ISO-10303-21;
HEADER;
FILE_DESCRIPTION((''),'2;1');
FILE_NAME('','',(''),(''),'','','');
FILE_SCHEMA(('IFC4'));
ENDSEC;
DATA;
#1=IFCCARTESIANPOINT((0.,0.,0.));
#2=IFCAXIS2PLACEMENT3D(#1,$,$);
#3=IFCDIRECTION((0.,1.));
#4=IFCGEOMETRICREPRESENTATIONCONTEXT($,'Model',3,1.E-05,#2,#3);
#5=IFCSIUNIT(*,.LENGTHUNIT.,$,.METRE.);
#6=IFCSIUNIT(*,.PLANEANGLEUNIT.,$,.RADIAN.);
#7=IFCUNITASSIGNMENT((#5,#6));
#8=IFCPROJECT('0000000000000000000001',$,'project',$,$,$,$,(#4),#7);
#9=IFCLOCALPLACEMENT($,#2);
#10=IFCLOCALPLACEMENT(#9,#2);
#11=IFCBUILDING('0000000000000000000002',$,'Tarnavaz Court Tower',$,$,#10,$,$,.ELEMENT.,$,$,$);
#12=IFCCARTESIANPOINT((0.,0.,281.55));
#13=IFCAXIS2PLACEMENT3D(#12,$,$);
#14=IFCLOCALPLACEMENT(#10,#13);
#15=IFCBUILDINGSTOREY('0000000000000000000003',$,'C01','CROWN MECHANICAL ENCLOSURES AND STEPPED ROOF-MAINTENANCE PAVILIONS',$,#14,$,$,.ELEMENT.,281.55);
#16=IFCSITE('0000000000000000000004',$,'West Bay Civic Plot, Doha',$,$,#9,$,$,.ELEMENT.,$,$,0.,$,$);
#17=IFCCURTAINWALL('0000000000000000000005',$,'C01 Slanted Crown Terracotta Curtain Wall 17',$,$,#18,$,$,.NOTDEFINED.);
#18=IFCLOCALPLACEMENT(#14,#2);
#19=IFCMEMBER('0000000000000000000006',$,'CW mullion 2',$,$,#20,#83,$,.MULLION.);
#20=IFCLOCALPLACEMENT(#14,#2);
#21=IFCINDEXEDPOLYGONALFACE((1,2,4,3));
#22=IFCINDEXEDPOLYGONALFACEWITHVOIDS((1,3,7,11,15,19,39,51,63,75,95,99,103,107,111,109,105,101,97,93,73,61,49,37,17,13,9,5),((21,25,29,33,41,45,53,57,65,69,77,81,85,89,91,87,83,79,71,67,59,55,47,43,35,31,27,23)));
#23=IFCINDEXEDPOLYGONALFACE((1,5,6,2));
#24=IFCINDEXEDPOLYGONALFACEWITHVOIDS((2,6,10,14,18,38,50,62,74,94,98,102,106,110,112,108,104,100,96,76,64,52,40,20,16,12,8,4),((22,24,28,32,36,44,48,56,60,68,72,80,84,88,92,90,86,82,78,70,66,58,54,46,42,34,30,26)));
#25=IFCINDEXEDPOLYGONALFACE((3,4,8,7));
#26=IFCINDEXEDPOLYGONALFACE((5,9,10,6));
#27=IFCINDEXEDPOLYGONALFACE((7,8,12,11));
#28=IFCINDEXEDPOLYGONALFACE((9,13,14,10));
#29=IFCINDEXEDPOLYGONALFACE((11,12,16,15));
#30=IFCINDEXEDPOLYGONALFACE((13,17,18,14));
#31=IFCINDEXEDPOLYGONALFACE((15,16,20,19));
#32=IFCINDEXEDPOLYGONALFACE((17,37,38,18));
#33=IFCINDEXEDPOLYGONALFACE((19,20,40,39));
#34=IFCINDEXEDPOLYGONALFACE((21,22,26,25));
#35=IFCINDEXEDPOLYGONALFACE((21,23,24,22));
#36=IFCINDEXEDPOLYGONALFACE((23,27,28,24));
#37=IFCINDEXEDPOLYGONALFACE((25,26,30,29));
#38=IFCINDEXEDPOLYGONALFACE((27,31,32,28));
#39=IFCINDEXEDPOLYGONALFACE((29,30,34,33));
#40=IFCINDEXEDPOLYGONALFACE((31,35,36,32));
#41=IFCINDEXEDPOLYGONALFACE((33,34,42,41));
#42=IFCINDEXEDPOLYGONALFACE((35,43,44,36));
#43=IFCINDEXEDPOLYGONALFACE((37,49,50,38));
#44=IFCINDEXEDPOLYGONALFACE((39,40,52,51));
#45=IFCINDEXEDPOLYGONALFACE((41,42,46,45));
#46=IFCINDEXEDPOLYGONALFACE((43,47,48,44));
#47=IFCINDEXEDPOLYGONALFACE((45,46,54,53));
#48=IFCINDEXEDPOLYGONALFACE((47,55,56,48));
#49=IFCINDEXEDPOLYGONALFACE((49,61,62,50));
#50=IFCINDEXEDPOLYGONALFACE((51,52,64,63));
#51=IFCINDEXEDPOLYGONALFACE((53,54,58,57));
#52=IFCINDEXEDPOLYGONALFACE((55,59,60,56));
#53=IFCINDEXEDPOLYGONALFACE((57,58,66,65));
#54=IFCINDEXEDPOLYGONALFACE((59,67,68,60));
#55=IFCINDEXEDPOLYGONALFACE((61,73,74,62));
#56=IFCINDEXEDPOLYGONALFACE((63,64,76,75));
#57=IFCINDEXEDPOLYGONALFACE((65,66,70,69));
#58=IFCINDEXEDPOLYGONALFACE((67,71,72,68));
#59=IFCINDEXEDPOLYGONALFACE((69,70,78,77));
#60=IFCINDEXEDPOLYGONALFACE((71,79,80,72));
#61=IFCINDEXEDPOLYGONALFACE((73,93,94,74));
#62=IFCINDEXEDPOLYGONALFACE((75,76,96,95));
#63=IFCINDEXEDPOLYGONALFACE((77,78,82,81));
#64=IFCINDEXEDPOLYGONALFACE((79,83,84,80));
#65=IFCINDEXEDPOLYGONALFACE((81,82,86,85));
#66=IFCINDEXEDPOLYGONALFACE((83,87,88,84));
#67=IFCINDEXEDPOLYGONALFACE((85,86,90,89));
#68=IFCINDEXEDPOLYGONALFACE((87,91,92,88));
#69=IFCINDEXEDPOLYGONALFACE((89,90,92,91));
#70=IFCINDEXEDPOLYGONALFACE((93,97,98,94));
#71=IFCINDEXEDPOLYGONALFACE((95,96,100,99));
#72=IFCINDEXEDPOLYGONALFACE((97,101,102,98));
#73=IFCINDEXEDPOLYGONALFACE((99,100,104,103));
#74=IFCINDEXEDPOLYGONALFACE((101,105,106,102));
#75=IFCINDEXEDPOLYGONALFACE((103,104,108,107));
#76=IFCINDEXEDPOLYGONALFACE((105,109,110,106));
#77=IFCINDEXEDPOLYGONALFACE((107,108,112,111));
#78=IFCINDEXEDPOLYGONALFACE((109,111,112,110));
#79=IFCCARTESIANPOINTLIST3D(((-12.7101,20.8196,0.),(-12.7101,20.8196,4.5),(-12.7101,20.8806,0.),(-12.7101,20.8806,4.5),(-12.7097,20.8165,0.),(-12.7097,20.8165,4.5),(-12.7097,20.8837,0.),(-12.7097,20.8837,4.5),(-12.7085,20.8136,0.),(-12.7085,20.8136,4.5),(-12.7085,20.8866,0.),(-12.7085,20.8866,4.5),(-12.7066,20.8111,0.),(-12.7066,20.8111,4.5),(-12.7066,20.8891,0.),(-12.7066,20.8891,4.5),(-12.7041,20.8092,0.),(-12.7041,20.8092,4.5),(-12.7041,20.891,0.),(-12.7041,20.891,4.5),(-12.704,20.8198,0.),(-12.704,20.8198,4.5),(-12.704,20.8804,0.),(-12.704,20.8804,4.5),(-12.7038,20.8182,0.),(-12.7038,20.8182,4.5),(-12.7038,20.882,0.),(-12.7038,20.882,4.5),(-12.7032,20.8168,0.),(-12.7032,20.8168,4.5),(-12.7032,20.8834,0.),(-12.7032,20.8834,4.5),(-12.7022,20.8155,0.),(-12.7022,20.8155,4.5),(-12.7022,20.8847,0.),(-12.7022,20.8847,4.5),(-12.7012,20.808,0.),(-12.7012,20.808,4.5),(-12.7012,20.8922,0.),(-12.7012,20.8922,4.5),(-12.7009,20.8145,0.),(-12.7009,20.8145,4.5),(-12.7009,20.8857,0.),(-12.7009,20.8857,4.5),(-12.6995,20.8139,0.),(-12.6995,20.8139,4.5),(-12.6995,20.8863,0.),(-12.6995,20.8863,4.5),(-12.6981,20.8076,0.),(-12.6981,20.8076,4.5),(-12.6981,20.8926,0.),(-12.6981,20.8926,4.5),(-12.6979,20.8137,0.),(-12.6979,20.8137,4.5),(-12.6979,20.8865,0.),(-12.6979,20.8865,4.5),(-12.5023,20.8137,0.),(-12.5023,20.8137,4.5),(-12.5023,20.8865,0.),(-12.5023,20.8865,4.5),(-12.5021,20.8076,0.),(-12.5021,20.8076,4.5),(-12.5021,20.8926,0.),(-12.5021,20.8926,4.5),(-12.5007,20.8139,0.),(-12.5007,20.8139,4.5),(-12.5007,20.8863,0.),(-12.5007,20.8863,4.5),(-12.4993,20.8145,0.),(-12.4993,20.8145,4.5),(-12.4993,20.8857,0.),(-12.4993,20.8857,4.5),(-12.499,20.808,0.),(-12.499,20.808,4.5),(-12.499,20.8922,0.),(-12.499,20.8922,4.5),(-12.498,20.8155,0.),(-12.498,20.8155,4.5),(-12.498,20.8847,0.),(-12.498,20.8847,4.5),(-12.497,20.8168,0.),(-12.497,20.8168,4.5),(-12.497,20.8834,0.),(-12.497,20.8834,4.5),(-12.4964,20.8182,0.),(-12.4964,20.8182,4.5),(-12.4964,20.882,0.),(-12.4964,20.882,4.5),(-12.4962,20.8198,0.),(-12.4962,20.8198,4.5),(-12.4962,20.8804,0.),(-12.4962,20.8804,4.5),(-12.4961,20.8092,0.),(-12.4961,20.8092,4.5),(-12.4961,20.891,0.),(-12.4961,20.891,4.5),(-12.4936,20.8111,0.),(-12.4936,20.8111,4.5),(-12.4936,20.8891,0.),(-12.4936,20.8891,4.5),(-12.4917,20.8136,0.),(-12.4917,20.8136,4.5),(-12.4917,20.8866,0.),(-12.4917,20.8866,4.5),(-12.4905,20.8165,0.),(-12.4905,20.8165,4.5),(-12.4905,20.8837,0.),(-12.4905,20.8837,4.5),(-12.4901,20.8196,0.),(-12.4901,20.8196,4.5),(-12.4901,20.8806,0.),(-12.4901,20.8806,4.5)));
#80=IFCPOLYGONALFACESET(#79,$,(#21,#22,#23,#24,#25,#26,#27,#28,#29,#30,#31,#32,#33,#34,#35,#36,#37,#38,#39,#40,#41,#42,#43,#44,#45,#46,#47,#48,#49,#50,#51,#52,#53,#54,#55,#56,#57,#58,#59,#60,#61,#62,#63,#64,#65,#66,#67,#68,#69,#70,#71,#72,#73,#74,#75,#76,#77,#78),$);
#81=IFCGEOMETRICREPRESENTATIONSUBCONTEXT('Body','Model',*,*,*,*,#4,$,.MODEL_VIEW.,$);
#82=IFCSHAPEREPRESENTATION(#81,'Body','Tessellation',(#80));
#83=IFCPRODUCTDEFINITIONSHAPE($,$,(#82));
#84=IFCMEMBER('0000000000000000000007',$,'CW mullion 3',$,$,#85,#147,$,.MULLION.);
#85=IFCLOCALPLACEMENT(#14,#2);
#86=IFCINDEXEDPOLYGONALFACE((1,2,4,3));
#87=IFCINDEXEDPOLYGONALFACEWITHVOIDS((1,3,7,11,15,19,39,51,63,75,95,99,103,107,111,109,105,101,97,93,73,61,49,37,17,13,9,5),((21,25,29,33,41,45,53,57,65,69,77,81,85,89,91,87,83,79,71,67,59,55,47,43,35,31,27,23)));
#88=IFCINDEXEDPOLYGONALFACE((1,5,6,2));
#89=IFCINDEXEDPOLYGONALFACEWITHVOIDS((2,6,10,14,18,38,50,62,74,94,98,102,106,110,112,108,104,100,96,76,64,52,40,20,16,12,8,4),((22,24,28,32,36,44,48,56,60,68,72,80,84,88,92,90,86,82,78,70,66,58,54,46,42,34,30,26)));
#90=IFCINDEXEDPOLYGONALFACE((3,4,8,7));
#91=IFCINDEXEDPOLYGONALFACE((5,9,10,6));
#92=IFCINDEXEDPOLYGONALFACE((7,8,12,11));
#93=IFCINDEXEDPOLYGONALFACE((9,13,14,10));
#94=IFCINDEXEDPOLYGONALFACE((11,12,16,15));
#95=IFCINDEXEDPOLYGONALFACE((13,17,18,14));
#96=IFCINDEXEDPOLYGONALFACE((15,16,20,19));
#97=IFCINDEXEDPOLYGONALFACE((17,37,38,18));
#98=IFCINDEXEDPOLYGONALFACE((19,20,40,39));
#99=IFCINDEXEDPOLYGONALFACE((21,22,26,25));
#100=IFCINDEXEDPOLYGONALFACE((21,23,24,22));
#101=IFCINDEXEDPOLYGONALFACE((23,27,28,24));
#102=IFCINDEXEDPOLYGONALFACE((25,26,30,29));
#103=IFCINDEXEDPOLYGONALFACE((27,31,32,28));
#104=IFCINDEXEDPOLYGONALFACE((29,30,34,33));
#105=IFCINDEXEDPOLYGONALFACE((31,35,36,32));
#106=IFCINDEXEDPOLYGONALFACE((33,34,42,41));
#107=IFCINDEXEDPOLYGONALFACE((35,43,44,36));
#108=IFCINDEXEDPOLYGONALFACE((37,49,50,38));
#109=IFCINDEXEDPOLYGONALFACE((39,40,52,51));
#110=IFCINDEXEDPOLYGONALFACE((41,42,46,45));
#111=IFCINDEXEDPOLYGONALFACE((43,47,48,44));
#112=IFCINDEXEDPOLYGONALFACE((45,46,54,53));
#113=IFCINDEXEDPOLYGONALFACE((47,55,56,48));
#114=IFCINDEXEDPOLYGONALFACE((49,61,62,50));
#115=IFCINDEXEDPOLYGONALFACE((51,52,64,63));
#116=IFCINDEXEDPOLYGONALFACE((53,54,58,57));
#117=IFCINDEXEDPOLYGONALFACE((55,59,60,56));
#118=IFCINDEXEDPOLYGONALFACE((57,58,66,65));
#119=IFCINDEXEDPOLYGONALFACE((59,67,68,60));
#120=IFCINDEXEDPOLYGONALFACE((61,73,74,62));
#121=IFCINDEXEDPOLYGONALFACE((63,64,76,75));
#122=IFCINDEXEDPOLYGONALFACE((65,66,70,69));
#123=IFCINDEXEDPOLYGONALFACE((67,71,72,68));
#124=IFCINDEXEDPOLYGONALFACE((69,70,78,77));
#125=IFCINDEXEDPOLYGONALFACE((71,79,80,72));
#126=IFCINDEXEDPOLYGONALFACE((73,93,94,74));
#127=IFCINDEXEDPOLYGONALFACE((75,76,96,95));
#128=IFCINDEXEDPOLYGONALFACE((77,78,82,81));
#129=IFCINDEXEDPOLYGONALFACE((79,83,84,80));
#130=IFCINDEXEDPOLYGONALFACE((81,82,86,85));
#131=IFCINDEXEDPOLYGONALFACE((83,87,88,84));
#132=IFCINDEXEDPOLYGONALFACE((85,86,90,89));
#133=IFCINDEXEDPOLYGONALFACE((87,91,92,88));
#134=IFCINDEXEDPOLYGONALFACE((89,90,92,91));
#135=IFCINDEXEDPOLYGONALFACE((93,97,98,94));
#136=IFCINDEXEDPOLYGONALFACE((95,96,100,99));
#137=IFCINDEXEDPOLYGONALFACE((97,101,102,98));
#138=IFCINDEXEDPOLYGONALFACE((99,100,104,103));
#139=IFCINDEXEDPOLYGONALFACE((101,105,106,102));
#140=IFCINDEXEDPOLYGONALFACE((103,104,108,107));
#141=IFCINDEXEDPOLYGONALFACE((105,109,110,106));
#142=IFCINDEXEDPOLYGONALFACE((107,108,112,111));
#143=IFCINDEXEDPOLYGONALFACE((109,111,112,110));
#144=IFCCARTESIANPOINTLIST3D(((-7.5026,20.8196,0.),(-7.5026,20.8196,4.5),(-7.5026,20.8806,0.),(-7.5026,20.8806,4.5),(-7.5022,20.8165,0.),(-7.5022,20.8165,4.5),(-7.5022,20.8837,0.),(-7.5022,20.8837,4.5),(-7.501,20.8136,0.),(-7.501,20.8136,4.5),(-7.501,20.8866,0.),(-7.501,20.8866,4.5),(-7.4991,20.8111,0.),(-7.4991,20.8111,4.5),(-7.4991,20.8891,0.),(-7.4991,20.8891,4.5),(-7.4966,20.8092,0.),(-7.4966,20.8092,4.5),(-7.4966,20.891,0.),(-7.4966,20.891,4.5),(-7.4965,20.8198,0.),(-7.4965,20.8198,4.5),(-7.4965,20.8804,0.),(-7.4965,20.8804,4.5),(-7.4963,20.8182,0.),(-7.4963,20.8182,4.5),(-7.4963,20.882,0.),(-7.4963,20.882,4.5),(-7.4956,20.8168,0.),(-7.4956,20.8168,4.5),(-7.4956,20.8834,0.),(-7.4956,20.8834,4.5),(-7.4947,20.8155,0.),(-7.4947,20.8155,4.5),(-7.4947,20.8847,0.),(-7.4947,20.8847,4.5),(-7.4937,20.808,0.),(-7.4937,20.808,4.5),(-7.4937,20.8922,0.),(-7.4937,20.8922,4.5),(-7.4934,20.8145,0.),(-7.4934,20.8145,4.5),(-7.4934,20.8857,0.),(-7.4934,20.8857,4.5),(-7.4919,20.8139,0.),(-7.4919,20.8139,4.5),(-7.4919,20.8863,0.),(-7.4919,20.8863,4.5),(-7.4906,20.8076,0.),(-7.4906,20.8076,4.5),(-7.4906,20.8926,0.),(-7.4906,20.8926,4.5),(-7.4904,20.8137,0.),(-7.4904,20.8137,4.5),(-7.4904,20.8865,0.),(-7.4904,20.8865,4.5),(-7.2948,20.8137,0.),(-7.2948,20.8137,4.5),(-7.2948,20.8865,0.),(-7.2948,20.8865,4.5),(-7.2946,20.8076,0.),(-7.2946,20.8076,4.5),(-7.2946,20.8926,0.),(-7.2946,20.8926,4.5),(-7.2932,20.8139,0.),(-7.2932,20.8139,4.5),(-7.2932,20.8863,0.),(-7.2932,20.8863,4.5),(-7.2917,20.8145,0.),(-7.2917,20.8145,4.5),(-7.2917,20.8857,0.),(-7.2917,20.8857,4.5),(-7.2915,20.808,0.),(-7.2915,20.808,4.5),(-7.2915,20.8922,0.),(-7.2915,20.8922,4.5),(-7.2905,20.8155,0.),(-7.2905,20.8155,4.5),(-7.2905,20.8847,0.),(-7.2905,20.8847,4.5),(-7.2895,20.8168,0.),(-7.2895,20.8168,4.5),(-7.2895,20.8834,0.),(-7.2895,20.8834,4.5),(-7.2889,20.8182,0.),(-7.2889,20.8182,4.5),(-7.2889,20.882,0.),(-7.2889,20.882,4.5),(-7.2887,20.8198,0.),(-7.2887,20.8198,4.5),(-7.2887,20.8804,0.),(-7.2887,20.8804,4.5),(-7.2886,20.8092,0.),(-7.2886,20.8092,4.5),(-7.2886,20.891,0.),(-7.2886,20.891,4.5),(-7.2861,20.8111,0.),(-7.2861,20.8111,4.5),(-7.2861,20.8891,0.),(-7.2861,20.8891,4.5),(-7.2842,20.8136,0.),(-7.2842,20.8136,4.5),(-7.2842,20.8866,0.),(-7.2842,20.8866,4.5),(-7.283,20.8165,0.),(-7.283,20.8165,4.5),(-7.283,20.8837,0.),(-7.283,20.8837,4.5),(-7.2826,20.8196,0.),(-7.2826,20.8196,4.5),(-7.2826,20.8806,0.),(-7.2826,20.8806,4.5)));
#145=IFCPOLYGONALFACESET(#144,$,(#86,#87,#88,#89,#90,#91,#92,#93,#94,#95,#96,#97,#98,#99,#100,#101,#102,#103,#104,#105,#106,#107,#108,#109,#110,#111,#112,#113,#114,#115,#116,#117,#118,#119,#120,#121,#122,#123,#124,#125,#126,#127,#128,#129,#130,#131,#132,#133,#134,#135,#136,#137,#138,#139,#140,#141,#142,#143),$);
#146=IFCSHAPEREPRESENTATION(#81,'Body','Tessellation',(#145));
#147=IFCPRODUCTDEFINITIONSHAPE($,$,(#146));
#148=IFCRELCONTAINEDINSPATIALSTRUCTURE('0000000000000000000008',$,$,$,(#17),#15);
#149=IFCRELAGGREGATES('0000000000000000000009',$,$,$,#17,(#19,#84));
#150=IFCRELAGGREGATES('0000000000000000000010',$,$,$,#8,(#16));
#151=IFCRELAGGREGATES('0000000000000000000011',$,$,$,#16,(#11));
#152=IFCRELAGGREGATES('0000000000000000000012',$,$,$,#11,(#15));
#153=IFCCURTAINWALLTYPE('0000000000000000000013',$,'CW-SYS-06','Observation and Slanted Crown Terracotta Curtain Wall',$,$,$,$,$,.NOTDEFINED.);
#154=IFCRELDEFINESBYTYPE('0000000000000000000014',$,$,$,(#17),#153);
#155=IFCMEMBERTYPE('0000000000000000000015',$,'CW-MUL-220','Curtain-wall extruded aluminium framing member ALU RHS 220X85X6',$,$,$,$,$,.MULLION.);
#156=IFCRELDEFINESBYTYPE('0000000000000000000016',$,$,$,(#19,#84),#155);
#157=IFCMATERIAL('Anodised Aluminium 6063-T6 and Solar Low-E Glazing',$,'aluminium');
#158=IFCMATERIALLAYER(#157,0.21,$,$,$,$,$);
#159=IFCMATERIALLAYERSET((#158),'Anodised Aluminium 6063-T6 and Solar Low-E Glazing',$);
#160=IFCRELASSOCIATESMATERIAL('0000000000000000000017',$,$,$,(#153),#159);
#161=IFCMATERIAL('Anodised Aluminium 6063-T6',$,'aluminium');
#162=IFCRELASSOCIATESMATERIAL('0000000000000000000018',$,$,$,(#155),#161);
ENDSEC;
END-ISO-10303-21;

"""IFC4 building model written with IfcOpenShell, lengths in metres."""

from ifc_helpers import new_model, si_unit, direction, frame, origin, origin_2d, place, context, subcontext, project, spatial, hollow_rectangle, extrude, material, layer, layer_set, material_profile, profile_set, type_object, element, aggregate, save


model = new_model("IFC4")

# Units and contexts
model_context = context("Model", 3, precision=1e-05, world=origin(), true_north=direction((0.0, 1.0)))
body_context = subcontext(model_context, "Body", "Model", "MODEL_VIEW")
ifc_project = project(units=[si_unit("LENGTHUNIT", "METRE"), si_unit("PLANEANGLEUNIT", "RADIAN")], contexts=[model_context])

# Site, building, storey
site_placement = place(None, origin())
site = spatial("IfcSite", under=ifc_project, at=site_placement, Name="West Bay Civic Plot, Doha", CompositionType="ELEMENT", RefElevation=0.0)
building_placement = place(site_placement, origin())
building = spatial("IfcBuilding", under=site, at=building_placement, Name="Tarnavaz Court Tower", CompositionType="ELEMENT")
storey_placement = place(building_placement, frame((0.0, 0.0, 281.55)))
storey = spatial("IfcBuildingStorey", under=building, at=storey_placement, Name="C01", Description="CROWN MECHANICAL ENCLOSURES AND STEPPED ROOF-MAINTENANCE PAVILIONS", CompositionType="ELEMENT", Elevation=281.55)

# Shared definitions
ifc_material_1 = material(Name="Anodised Aluminium 6063-T6 and Solar Low-E Glazing", Category="aluminium")
ifc_layer_1 = layer(ifc_material_1, 0.21)
ifc_layer_set_1 = layer_set([ifc_layer_1], Name="Anodised Aluminium 6063-T6 and Solar Low-E Glazing")
curtain_wall_type = type_object("IfcCurtainWallType", Name="CW-SYS-06", Description="Observation and Slanted Crown Terracotta Curtain Wall", PredefinedType="NOTDEFINED", material=ifc_layer_set_1)
ifc_material_2 = material(Name="Anodised Aluminium 6063-T6", Category="aluminium")
ifc_material_profile_1 = material_profile(ifc_material_2, hollow_rectangle(XDim=0.085, YDim=0.22, WallThickness=0.0061, InnerFilletRadius=0.0061, OuterFilletRadius=0.012, at=origin_2d()), Name="ALU RHS 220X85X6")
ifc_profile_set_1 = profile_set([ifc_material_profile_1], Name="Anodised Aluminium 6063-T6")
member_type_1 = type_object("IfcMemberType", Name="CW-MUL-220", Description="Curtain-wall extruded aluminium framing member ALU RHS 220X85X6", PredefinedType="MULLION", material=ifc_profile_set_1)

# Curtain wall, members
curtain_wall_1_placement = place(storey_placement, origin())
curtain_wall_1 = element("IfcCurtainWall", 1, at=curtain_wall_1_placement, inside=storey, type_object=curtain_wall_type, Name="C01 Slanted Crown Terracotta Curtain Wall 17", PredefinedType="NOTDEFINED")
member_1_placement = place(storey_placement, frame((-12.6001, 20.8501, 0.0), z_axis=(0.0, 0.0, 1.0), x_axis=(0.0, 1.0, 0.0)))
member_1 = element("IfcMember", 2, at=member_1_placement, type_object=member_type_1, Name="CW mullion 2", PredefinedType="MULLION", context=body_context, shape_type="SweptSolid", body=[
    extrude(hollow_rectangle(XDim=0.085, YDim=0.22, WallThickness=0.0061, InnerFilletRadius=0.0061, OuterFilletRadius=0.012, at=origin_2d()), origin(), (0.0, 0.0, 1.0), 4.5),
])
member_2_placement = place(storey_placement, frame((-7.3926, 20.8501, 0.0), z_axis=(0.0, 0.0, 1.0), x_axis=(0.0, 1.0, 0.0)))
member_2 = element("IfcMember", 3, at=member_2_placement, type_object=member_type_1, Name="CW mullion 3", PredefinedType="MULLION", context=body_context, shape_type="SweptSolid", body=[
    extrude(hollow_rectangle(XDim=0.085, YDim=0.22, WallThickness=0.0061, InnerFilletRadius=0.0061, OuterFilletRadius=0.012, at=origin_2d()), origin(), (0.0, 0.0, 1.0), 4.5),
])

aggregate(curtain_wall_1, [member_1, member_2])

save(model, "model.ifc")
